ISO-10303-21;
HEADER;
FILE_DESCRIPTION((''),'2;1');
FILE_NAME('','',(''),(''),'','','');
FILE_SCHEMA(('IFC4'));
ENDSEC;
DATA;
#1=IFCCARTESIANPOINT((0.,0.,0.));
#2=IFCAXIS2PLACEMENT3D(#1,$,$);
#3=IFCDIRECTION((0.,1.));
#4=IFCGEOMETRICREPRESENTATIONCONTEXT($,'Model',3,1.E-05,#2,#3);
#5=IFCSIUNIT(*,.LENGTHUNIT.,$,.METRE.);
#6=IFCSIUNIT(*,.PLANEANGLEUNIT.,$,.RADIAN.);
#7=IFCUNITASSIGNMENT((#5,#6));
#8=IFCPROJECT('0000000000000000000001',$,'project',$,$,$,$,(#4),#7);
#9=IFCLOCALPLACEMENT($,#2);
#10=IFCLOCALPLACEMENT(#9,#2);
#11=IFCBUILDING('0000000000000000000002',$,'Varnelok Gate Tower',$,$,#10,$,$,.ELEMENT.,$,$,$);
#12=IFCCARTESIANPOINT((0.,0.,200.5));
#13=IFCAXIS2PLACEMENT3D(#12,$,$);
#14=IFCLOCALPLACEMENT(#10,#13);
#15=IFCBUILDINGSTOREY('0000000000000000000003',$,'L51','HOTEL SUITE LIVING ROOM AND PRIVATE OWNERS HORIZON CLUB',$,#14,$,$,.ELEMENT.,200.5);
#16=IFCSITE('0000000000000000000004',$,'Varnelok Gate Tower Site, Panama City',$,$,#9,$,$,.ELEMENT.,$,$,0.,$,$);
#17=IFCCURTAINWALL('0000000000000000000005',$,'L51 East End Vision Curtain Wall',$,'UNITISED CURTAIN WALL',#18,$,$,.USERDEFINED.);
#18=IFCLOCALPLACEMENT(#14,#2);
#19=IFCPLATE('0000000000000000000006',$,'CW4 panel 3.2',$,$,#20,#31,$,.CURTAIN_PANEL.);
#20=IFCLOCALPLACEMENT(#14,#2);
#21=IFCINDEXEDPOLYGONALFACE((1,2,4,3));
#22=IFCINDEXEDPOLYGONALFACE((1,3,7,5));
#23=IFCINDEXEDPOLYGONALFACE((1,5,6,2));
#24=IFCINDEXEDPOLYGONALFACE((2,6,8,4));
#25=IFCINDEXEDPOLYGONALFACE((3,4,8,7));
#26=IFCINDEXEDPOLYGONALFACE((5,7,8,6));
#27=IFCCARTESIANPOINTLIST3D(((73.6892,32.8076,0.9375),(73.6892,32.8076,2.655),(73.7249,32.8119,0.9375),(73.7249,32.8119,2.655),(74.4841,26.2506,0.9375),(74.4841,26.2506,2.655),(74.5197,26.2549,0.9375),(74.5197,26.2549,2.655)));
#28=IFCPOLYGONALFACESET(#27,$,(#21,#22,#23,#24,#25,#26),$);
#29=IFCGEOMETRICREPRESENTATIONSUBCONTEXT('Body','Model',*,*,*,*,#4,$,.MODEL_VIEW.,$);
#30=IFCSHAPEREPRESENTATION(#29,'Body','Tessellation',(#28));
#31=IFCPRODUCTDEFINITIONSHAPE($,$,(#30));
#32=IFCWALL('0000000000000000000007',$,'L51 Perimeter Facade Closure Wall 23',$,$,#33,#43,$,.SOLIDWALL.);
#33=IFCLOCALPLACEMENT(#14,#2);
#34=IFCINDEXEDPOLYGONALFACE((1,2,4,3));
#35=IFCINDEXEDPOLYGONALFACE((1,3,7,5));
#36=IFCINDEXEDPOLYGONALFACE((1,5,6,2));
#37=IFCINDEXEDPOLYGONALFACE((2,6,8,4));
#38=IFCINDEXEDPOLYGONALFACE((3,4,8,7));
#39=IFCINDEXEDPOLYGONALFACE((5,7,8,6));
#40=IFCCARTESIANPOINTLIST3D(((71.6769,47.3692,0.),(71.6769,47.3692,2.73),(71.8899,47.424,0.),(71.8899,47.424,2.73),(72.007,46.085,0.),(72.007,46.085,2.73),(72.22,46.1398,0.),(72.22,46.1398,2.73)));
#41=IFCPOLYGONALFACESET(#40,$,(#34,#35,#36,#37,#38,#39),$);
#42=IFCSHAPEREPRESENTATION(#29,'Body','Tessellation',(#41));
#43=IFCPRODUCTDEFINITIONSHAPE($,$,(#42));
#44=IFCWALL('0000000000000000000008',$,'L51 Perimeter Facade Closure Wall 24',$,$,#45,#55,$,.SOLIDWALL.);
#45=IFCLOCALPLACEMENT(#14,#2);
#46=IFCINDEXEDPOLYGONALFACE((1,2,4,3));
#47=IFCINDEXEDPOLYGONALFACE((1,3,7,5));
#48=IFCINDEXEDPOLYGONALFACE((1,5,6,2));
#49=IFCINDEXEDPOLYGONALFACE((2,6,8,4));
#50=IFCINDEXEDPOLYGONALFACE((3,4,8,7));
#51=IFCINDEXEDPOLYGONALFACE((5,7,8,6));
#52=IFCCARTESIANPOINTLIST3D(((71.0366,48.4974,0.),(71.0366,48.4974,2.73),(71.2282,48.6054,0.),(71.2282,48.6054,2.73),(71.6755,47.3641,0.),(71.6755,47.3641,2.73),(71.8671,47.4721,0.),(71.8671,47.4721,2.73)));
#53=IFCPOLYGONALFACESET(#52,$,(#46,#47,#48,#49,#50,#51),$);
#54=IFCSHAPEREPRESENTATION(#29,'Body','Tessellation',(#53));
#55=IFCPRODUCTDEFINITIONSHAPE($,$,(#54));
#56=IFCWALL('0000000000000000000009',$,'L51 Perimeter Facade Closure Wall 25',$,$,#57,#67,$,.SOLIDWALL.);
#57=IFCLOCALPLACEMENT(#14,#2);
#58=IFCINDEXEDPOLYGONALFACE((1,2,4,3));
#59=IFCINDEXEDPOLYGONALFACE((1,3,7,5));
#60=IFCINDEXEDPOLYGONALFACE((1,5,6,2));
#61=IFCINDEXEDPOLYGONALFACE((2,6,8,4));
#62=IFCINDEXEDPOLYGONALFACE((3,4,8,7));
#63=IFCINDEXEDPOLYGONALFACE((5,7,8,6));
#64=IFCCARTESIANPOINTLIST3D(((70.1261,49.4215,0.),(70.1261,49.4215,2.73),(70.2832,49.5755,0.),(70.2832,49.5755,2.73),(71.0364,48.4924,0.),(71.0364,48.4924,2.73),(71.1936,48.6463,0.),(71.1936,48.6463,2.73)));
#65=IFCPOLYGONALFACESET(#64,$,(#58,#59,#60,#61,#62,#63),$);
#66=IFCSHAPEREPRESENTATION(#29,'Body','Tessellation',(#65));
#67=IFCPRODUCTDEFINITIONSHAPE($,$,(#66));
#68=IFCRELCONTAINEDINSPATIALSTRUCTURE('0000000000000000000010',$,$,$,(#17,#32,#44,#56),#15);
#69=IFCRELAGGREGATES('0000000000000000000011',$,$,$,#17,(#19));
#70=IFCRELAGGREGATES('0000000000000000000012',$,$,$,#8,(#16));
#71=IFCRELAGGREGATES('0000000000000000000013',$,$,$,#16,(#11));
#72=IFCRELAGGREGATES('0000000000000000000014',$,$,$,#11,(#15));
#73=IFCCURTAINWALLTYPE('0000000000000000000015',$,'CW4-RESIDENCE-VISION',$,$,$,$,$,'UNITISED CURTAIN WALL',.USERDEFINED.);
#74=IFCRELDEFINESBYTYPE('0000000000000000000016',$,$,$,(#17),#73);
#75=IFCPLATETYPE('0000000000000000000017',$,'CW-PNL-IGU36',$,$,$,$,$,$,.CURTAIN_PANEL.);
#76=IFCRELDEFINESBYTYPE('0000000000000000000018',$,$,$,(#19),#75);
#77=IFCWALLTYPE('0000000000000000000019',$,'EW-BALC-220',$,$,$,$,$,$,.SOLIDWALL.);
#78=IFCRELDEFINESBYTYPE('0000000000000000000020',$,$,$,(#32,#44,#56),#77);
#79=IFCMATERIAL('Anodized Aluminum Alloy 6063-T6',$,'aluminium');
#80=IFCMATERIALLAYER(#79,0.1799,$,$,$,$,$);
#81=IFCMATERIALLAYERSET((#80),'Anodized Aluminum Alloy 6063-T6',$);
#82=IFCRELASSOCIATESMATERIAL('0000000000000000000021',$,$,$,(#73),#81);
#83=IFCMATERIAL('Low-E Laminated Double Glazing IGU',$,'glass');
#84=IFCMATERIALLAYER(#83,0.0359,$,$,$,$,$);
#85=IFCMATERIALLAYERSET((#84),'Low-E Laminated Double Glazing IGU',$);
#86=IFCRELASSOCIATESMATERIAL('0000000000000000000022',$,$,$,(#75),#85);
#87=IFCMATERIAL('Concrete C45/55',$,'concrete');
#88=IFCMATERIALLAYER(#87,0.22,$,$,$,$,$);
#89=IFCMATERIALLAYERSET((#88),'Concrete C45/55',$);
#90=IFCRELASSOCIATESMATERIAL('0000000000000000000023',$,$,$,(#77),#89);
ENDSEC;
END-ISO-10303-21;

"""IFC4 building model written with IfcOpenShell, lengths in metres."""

from ifc_helpers import new_model, si_unit, direction, frame, frame_2d, origin, origin_2d, place, context, subcontext, project, spatial, rectangle, extrude, source, transform, mapped, material, layer, layer_set, type_object, element, aggregate, save


model = new_model("IFC4")

# Units and contexts
model_context = context("Model", 3, precision=1e-05, world=origin(), true_north=direction((0.0, 1.0)))
body_context = subcontext(model_context, "Body", "Model", "MODEL_VIEW")
ifc_project = project(units=[si_unit("LENGTHUNIT", "METRE"), si_unit("PLANEANGLEUNIT", "RADIAN")], contexts=[model_context])

# Site, building, storey
site_placement = place(None, origin())
site = spatial("IfcSite", under=ifc_project, at=site_placement, Name="Varnelok Gate Tower Site, Panama City", CompositionType="ELEMENT", RefElevation=0.0)
building_placement = place(site_placement, origin())
building = spatial("IfcBuilding", under=site, at=building_placement, Name="Varnelok Gate Tower", CompositionType="ELEMENT")
storey_placement = place(building_placement, frame((0.0, 0.0, 200.5)))
storey = spatial("IfcBuildingStorey", under=building, at=storey_placement, Name="L51", Description="HOTEL SUITE LIVING ROOM AND PRIVATE OWNERS HORIZON CLUB", CompositionType="ELEMENT", Elevation=200.5)

# Curtain wall, plate
ifc_material_1 = material(Name="Anodized Aluminum Alloy 6063-T6", Category="aluminium")
ifc_layer_1 = layer(ifc_material_1, 0.1799)
ifc_layer_set_1 = layer_set([ifc_layer_1], Name="Anodized Aluminum Alloy 6063-T6")
curtain_wall_type = type_object("IfcCurtainWallType", Name="CW4-RESIDENCE-VISION", ElementType="UNITISED CURTAIN WALL", PredefinedType="USERDEFINED", material=ifc_layer_set_1)
curtain_wall_placement = place(storey_placement, origin())
curtain_wall = element("IfcCurtainWall", 1, at=curtain_wall_placement, inside=storey, type_object=curtain_wall_type, Name="L51 East End Vision Curtain Wall", ObjectType="UNITISED CURTAIN WALL", PredefinedType="USERDEFINED")
ifc_material_2 = material(Name="Low-E Laminated Double Glazing IGU", Category="glass")
ifc_layer_2 = layer(ifc_material_2, 0.0359)
ifc_layer_set_2 = layer_set([ifc_layer_2], Name="Low-E Laminated Double Glazing IGU")
plate_type = type_object("IfcPlateType", Name="CW-PNL-IGU36", PredefinedType="CURTAIN_PANEL", material=ifc_layer_set_2)
shared_shape_1 = source(origin(), body_context, "Body", "SweptSolid", [
    extrude(rectangle(XDim=6.605, YDim=0.0359, at=origin_2d()), origin(), (0.0, 0.0, 1.0), 1.7175),
])
plate_1_placement = place(storey_placement, frame((74.1045, 29.5312, 0.9375), z_axis=(0.0, 0.0, 1.0), x_axis=(0.120345, -0.992732, 0.0)))
plate_1 = element("IfcPlate", 2, at=plate_1_placement, type_object=plate_type, Name="CW4 panel 3.2", PredefinedType="CURTAIN_PANEL", context=body_context, shape_type="MappedRepresentation", body=[
    mapped(shared_shape_1, transform((0.0, 0.0, 0.0), scale=1.0)),
])
aggregate(curtain_wall, [plate_1])

# Walls
ifc_material_3 = material(Name="Concrete C45/55", Category="concrete")
ifc_layer_3 = layer(ifc_material_3, 0.22)
ifc_layer_set_3 = layer_set([ifc_layer_3], Name="Concrete C45/55")
wall_type = type_object("IfcWallType", Name="EW-BALC-220", PredefinedType="SOLIDWALL", material=ifc_layer_set_3)
wall_1_placement = place(storey_placement, frame((72.1135, 46.1123, 0.0), z_axis=(0.0, 0.0, 1.0), x_axis=(-0.248942, 0.968518, 0.0)))
element("IfcWall", 3, at=wall_1_placement, inside=storey, type_object=wall_type, Name="L51 Perimeter Facade Closure Wall 23", PredefinedType="SOLIDWALL", context=body_context, shape_type="SweptSolid", body=[
    extrude(rectangle(XDim=1.3259, YDim=0.22, at=frame_2d((0.6631, 0.0))), origin(), (0.0, 0.0, 1.0), 2.73),
])
wall_2_placement = place(storey_placement, frame((71.7712, 47.4182, 0.0), z_axis=(0.0, 0.0, 1.0), x_axis=(-0.491099, 0.871104, 0.0)))
element("IfcWall", 4, at=wall_2_placement, inside=storey, type_object=wall_type, Name="L51 Perimeter Facade Closure Wall 24", PredefinedType="SOLIDWALL", context=body_context, shape_type="SweptSolid", body=[
    extrude(rectangle(XDim=1.301, YDim=0.22, at=frame_2d((0.6504, 0.0))), origin(), (0.0, 0.0, 1.0), 2.73),
])
wall_3_placement = place(storey_placement, frame((71.115, 48.5693, 0.0), z_axis=(0.0, 0.0, 1.0), x_axis=(-0.699844, 0.714295, 0.0)))
element("IfcWall", 5, at=wall_3_placement, inside=storey, type_object=wall_type, Name="L51 Perimeter Facade Closure Wall 25", PredefinedType="SOLIDWALL", context=body_context, shape_type="SweptSolid", body=[
    extrude(rectangle(XDim=1.3008, YDim=0.22, at=frame_2d((0.6504, 0.0))), origin(), (0.0, 0.0, 1.0), 2.73),
])

save(model, "model.ifc")
